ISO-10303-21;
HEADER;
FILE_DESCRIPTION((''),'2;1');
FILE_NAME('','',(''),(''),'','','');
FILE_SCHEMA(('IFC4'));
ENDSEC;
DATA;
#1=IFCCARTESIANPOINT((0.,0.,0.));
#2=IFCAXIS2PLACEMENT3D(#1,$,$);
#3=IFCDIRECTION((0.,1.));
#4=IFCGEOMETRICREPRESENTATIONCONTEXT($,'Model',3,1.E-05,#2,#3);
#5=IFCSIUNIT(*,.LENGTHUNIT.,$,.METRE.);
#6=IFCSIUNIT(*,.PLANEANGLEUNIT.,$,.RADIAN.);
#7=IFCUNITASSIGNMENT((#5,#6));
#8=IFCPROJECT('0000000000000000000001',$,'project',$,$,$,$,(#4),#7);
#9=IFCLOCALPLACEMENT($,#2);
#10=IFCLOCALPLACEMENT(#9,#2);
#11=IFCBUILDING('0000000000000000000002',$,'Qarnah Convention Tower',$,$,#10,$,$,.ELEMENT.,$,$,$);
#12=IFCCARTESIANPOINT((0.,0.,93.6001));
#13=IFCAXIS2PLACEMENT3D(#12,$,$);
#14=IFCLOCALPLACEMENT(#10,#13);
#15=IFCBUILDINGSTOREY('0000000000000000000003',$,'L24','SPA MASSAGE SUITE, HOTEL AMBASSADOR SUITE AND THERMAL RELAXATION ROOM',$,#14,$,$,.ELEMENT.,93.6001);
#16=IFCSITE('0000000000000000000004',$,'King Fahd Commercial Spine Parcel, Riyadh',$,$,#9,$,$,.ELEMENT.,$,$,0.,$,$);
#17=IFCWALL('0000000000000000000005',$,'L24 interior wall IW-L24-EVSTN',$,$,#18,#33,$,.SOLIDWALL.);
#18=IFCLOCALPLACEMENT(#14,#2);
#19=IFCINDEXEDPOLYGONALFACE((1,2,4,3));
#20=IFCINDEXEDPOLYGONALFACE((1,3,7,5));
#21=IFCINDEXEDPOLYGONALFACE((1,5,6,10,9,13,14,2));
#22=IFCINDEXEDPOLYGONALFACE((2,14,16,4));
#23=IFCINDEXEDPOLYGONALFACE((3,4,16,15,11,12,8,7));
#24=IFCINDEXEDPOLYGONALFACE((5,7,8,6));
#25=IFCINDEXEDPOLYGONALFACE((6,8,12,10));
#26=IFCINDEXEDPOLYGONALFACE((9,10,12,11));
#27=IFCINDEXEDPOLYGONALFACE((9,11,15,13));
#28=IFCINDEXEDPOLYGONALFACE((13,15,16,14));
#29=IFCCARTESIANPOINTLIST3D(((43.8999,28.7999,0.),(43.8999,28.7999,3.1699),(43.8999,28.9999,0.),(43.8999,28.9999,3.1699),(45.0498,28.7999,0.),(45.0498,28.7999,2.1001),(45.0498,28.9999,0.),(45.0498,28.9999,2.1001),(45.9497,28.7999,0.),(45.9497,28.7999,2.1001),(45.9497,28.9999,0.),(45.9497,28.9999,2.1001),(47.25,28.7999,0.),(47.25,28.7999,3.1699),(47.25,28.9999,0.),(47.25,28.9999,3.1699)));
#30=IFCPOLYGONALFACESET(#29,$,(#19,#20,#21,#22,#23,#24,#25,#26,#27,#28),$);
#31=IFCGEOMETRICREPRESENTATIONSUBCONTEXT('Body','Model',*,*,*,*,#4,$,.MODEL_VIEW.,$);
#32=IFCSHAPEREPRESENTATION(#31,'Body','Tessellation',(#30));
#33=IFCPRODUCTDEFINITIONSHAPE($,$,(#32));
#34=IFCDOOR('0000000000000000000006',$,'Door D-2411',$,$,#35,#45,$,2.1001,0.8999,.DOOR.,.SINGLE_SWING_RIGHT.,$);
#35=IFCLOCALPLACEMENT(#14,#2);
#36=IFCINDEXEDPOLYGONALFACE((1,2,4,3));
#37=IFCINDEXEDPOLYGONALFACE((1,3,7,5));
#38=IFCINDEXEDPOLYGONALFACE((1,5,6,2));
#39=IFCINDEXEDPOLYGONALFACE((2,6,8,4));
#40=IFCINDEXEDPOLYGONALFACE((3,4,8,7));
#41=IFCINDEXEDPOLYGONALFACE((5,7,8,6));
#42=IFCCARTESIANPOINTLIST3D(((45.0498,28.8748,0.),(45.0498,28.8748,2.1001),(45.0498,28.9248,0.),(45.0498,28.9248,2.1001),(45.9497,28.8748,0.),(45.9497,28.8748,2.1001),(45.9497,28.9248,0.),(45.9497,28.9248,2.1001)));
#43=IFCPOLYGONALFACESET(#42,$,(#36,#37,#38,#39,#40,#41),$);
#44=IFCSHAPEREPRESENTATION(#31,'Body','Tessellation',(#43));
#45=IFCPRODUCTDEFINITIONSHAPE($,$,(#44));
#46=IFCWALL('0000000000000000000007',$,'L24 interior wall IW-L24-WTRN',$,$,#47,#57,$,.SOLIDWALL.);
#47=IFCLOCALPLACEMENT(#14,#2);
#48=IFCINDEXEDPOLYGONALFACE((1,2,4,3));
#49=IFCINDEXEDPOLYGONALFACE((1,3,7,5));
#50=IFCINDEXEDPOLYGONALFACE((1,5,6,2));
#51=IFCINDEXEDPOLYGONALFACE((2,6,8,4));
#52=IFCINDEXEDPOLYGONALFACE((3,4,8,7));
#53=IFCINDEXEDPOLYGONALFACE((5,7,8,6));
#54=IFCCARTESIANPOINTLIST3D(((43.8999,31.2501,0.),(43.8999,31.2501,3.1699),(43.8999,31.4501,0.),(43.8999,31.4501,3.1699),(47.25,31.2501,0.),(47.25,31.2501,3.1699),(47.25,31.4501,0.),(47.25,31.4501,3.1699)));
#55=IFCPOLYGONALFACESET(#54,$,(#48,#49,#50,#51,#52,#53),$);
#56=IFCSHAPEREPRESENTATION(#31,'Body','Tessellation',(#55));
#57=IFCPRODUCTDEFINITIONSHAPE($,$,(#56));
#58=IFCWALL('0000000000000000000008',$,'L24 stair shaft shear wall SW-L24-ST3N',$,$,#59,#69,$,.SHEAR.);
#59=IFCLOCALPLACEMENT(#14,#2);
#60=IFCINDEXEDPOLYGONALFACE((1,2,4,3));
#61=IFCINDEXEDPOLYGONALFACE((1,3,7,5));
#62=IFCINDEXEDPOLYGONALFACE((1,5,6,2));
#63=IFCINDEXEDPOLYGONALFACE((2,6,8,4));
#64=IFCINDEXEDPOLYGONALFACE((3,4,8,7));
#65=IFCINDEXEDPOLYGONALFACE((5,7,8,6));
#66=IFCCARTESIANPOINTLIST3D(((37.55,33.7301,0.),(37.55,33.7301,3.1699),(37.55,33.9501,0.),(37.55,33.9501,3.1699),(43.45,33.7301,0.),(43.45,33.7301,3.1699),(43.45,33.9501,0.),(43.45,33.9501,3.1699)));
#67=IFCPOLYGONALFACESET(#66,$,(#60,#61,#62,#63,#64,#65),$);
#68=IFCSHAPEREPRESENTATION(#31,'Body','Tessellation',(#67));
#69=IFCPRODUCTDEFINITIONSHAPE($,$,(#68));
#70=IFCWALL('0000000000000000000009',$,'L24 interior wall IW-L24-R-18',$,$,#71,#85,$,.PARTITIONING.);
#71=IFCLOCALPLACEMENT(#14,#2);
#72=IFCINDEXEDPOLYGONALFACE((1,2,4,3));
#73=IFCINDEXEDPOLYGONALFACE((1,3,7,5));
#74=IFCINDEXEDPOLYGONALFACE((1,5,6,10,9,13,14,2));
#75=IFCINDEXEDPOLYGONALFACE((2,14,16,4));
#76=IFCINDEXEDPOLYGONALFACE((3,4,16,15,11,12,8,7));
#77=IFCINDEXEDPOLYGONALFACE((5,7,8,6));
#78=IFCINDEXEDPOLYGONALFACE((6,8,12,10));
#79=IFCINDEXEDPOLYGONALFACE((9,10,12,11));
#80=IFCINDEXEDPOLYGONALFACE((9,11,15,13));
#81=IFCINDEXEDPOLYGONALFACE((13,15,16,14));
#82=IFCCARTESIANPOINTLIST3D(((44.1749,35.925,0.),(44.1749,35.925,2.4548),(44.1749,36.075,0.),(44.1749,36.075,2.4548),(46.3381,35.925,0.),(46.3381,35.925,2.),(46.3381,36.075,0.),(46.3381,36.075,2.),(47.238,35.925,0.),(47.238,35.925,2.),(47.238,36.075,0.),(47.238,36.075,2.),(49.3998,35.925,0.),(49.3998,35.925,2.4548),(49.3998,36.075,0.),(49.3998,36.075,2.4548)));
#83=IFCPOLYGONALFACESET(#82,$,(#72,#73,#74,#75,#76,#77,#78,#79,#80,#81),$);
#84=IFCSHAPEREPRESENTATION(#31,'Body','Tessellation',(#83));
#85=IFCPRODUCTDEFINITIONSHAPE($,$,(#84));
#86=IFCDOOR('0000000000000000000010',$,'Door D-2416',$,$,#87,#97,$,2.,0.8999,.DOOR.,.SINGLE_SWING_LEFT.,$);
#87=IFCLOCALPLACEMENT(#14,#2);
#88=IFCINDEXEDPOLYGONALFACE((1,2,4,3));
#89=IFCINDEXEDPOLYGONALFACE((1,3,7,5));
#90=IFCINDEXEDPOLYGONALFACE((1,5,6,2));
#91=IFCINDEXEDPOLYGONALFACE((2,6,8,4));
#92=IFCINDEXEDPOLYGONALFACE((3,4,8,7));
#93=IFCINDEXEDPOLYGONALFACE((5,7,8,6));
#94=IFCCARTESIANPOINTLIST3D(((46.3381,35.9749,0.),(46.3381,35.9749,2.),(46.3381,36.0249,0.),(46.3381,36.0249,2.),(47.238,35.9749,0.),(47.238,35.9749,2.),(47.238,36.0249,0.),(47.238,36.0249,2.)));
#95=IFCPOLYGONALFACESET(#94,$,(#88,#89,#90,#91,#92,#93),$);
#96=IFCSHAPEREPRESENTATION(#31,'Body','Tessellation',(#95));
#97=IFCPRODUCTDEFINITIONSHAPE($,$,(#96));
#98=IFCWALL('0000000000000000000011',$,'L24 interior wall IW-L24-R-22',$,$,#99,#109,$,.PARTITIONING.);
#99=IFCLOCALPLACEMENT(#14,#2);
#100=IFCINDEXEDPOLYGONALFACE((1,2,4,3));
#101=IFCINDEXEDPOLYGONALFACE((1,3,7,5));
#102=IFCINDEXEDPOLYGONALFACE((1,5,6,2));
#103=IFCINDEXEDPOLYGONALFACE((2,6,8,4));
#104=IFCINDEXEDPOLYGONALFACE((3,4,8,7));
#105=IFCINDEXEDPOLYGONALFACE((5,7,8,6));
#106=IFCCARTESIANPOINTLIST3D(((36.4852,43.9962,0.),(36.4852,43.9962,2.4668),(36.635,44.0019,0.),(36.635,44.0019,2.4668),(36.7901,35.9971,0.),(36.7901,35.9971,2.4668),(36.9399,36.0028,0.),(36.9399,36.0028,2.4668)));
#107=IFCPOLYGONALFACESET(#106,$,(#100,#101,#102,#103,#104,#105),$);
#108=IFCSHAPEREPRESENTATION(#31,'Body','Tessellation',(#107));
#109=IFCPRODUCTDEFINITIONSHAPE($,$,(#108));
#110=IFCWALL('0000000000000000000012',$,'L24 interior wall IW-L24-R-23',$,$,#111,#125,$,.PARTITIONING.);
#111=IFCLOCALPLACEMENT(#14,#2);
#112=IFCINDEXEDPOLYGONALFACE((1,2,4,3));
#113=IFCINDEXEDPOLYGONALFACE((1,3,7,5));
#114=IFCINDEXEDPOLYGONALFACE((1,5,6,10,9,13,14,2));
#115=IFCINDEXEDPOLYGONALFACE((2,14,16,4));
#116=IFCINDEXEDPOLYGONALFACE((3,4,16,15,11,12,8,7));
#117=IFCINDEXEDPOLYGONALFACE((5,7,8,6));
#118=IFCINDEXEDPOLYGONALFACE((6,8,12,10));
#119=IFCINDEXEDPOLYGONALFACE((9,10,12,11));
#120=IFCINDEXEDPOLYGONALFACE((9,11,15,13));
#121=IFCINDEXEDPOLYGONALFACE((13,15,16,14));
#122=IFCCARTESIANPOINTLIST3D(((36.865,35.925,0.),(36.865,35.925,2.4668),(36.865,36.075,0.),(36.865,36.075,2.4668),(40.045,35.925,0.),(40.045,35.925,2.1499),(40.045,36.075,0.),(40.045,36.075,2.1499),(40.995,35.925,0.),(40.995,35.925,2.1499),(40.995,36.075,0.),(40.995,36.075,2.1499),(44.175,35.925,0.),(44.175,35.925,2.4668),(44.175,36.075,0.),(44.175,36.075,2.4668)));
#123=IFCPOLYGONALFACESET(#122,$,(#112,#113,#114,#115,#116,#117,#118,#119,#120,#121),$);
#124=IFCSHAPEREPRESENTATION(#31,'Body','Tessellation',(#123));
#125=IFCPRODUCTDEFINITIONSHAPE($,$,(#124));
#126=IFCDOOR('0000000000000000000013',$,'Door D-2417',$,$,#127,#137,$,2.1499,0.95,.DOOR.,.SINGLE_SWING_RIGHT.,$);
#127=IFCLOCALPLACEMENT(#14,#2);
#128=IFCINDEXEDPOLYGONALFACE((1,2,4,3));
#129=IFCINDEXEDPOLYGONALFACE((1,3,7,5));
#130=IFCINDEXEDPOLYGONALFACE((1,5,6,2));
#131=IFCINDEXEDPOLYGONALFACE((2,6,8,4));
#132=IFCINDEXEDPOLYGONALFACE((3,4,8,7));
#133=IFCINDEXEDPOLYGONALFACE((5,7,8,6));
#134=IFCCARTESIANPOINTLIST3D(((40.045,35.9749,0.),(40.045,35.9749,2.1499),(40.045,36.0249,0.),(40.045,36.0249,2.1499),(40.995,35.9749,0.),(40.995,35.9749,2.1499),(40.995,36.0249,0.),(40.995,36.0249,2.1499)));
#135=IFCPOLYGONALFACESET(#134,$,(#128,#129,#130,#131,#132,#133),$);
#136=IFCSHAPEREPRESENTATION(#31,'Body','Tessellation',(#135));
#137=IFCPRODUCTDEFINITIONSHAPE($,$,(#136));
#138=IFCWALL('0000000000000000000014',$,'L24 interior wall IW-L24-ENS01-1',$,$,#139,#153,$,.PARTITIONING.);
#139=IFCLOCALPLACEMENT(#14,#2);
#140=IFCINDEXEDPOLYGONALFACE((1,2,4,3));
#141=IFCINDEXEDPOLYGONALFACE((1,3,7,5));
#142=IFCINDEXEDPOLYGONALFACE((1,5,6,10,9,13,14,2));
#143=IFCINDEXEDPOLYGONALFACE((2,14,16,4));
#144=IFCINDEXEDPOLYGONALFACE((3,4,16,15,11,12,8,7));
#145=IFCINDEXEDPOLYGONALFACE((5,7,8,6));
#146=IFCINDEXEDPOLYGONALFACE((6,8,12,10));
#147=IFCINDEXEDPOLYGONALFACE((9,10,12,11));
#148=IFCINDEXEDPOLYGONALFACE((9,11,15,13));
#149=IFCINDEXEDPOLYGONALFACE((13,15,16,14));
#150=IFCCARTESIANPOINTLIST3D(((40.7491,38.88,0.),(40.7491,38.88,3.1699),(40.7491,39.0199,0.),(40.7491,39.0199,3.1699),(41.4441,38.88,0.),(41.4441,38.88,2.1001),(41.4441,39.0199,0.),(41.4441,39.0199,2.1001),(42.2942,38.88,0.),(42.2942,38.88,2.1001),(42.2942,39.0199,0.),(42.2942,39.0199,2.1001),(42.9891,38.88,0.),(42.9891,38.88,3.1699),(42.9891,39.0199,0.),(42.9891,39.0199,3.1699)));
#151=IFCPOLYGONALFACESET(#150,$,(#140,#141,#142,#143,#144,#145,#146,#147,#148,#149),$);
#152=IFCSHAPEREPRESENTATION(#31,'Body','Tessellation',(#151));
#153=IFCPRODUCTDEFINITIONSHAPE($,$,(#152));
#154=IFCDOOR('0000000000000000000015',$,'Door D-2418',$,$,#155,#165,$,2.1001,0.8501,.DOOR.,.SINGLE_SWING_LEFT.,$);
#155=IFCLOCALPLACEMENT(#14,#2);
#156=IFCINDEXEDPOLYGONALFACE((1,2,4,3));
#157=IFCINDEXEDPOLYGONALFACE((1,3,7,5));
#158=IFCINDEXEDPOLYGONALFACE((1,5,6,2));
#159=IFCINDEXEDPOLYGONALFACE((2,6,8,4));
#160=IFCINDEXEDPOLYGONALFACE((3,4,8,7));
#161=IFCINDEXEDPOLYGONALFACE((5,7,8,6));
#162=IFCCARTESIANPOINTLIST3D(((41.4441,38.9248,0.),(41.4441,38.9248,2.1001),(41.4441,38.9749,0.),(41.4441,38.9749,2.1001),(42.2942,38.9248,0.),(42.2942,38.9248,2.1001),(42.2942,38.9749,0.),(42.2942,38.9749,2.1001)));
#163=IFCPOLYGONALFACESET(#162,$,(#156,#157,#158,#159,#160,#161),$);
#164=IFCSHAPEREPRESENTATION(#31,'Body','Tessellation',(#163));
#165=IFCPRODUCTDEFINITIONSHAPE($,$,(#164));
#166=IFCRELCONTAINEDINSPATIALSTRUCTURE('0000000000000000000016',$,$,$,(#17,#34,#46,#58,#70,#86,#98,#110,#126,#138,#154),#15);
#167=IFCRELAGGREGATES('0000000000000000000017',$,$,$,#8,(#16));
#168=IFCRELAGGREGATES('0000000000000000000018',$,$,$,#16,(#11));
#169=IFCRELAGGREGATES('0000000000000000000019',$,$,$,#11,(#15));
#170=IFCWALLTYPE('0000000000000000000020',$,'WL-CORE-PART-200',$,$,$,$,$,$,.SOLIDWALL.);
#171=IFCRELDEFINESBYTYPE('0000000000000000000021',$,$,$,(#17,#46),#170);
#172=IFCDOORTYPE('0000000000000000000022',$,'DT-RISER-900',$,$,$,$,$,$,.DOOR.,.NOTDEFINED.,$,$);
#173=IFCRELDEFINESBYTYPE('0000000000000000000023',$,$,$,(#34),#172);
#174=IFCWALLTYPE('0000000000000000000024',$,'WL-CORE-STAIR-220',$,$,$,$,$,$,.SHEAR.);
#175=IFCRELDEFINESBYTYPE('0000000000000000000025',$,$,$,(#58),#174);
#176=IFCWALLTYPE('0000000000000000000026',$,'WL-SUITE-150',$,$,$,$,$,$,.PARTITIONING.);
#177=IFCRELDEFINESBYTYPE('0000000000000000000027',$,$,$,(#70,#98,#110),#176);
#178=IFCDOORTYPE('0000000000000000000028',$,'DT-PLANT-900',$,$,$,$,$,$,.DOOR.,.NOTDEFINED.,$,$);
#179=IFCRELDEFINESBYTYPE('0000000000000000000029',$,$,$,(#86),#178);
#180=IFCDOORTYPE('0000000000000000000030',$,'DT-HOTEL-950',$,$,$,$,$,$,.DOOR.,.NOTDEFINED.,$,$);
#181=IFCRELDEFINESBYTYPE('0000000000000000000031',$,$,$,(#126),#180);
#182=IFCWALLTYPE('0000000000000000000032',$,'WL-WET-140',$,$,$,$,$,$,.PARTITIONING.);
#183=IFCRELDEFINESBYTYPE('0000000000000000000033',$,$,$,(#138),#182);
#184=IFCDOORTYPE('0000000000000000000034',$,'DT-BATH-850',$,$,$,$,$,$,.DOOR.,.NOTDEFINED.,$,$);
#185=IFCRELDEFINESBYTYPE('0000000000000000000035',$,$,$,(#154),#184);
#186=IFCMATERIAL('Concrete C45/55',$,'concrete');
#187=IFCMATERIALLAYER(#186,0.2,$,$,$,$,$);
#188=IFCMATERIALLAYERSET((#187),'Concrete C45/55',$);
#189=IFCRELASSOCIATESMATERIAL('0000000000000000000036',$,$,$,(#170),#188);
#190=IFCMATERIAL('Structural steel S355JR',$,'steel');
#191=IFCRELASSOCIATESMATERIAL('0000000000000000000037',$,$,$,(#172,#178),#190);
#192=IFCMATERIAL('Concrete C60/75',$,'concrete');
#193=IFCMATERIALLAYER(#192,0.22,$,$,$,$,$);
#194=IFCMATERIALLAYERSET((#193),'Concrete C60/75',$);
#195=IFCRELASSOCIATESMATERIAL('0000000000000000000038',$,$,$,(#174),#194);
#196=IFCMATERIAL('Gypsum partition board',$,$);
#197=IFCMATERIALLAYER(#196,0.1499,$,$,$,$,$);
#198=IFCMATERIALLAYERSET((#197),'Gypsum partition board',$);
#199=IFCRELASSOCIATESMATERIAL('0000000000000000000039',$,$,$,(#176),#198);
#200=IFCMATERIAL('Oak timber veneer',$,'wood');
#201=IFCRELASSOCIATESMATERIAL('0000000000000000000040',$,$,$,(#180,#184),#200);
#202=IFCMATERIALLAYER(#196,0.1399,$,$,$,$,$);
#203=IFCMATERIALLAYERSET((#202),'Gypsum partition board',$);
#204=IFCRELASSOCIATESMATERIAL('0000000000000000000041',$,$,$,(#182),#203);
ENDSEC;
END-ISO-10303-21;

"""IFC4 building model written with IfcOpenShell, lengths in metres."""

from ifc_helpers import new_model, si_unit, direction, frame, frame_2d, origin, place, context, subcontext, project, spatial, rectangle, extrude, material, layer, layer_set, type_object, element, fill, save


model = new_model("IFC4")

# Units and contexts
model_context = context("Model", 3, precision=1e-05, world=origin(), true_north=direction((0.0, 1.0)))
body_context = subcontext(model_context, "Body", "Model", "MODEL_VIEW")
ifc_project = project(units=[si_unit("LENGTHUNIT", "METRE"), si_unit("PLANEANGLEUNIT", "RADIAN")], contexts=[model_context])

# Site, building, storey
site_placement = place(None, origin())
site = spatial("IfcSite", under=ifc_project, at=site_placement, Name="King Fahd Commercial Spine Parcel, Riyadh", CompositionType="ELEMENT", RefElevation=0.0)
building_placement = place(site_placement, origin())
building = spatial("IfcBuilding", under=site, at=building_placement, Name="Qarnah Convention Tower", CompositionType="ELEMENT")
storey_placement = place(building_placement, frame((0.0, 0.0, 93.6001)))
storey = spatial("IfcBuildingStorey", under=building, at=storey_placement, Name="L24", Description="SPA MASSAGE SUITE, HOTEL AMBASSADOR SUITE AND THERMAL RELAXATION ROOM", CompositionType="ELEMENT", Elevation=93.6001)

# Shared definitions
ifc_material_1 = material(Name="Concrete C60/75", Category="concrete")

# Shared definitions
ifc_material_2 = material(Name="Structural steel S355JR", Category="steel")

# Wall, opening, door
ifc_material_3 = material(Name="Concrete C45/55", Category="concrete")
ifc_layer_1 = layer(ifc_material_3, 0.2)
ifc_layer_set_1 = layer_set([ifc_layer_1], Name="Concrete C45/55")
wall_type_1 = type_object("IfcWallType", Name="WL-CORE-PART-200", PredefinedType="SOLIDWALL", material=ifc_layer_set_1)
wall_1_placement = place(storey_placement, frame((43.8999, 28.8999, 0.0), z_axis=(0.0, 0.0, 1.0), x_axis=(1.0, 0.0, 0.0)))
wall_1 = element("IfcWall", 1, at=wall_1_placement, inside=storey, type_object=wall_type_1, Name="L24 interior wall IW-L24-EVSTN", PredefinedType="SOLIDWALL", context=body_context, shape_type="SweptSolid", body=[
    extrude(rectangle(XDim=3.3501, YDim=0.2, at=frame_2d((1.675, 0.0))), origin(), (0.0, 0.0, 1.0), 3.1699),
])
opening_1_placement = place(wall_1_placement, frame((1.1499, 0.0, 0.0)))
opening_1 = element("IfcOpeningElement", 2, at=opening_1_placement, cuts=wall_1, PredefinedType="OPENING", context=body_context, shape_type="SweptSolid", body=[
    extrude(rectangle(XDim=0.8999, YDim=2.1001, at=frame_2d((0.45, 1.05))), frame((0.0, 0.1099, 0.0), z_axis=(0.0, -1.0, 0.0), x_axis=(1.0, 0.0, 0.0)), (0.0, 0.0, 1.0), 0.22),
])
door_type_1 = type_object("IfcDoorType", Name="DT-RISER-900", OperationType="NOTDEFINED", PredefinedType="DOOR", material=ifc_material_2)
door_1_placement = place(opening_1_placement, origin())
door_1 = element("IfcDoor", 3, at=door_1_placement, inside=storey, type_object=door_type_1, Name="Door D-2411", OperationType="SINGLE_SWING_RIGHT", OverallHeight=2.1001, OverallWidth=0.8999, PredefinedType="DOOR", context=body_context, shape_type="SweptSolid", body=[
    extrude(rectangle(XDim=0.8999, YDim=2.1001, at=frame_2d((0.45, 1.05))), frame((0.0, 0.0249, 0.0), z_axis=(0.0, -1.0, 0.0), x_axis=(1.0, 0.0, 0.0)), (0.0, 0.0, 1.0), 0.05),
])
fill(opening_1, door_1)

# Walls
wall_2_placement = place(storey_placement, frame((43.8999, 31.3501, 0.0), z_axis=(0.0, 0.0, 1.0), x_axis=(1.0, 0.0, 0.0)))
element("IfcWall", 4, at=wall_2_placement, inside=storey, type_object=wall_type_1, Name="L24 interior wall IW-L24-WTRN", PredefinedType="SOLIDWALL", context=body_context, shape_type="SweptSolid", body=[
    extrude(rectangle(XDim=3.3501, YDim=0.2, at=frame_2d((1.675, 0.0))), origin(), (0.0, 0.0, 1.0), 3.1699),
])
ifc_layer_2 = layer(ifc_material_1, 0.22)
ifc_layer_set_2 = layer_set([ifc_layer_2], Name="Concrete C60/75")
wall_type_2 = type_object("IfcWallType", Name="WL-CORE-STAIR-220", PredefinedType="SHEAR", material=ifc_layer_set_2)
wall_3_placement = place(storey_placement, frame((37.55, 33.8401, 0.0), z_axis=(0.0, 0.0, 1.0), x_axis=(1.0, 0.0, 0.0)))
element("IfcWall", 5, at=wall_3_placement, inside=storey, type_object=wall_type_2, Name="L24 stair shaft shear wall SW-L24-ST3N", PredefinedType="SHEAR", context=body_context, shape_type="SweptSolid", body=[
    extrude(rectangle(XDim=5.8999, YDim=0.22, at=frame_2d((2.95, 0.0))), origin(), (0.0, 0.0, 1.0), 3.1699),
])

# Wall, opening, door
ifc_material_4 = material(Name="Gypsum partition board")
ifc_layer_3 = layer(ifc_material_4, 0.1499)
ifc_layer_set_3 = layer_set([ifc_layer_3], Name="Gypsum partition board")
wall_type_3 = type_object("IfcWallType", Name="WL-SUITE-150", PredefinedType="PARTITIONING", material=ifc_layer_set_3)
wall_4_placement = place(storey_placement, frame((44.175, 36.0, 0.0), z_axis=(0.0, 0.0, 1.0), x_axis=(1.0, 0.0, 0.0)))
wall_4 = element("IfcWall", 6, at=wall_4_placement, inside=storey, type_object=wall_type_3, Name="L24 interior wall IW-L24-R-18", PredefinedType="PARTITIONING", context=body_context, shape_type="SweptSolid", body=[
    extrude(rectangle(XDim=5.2249, YDim=0.1499, at=frame_2d((2.6123, 0.0))), origin(), (0.0, 0.0, 1.0), 2.4548),
])
opening_2_placement = place(wall_4_placement, frame((2.1631, 0.0, 0.0)))
opening_2 = element("IfcOpeningElement", 7, at=opening_2_placement, cuts=wall_4, PredefinedType="OPENING", context=body_context, shape_type="SweptSolid", body=[
    extrude(rectangle(XDim=0.8999, YDim=2.0, at=frame_2d((0.45, 1.0))), frame((0.0, 0.085, 0.0), z_axis=(0.0, -1.0, 0.0), x_axis=(1.0, 0.0, 0.0)), (0.0, 0.0, 1.0), 0.1699),
])
door_type_2 = type_object("IfcDoorType", Name="DT-PLANT-900", OperationType="NOTDEFINED", PredefinedType="DOOR", material=ifc_material_2)
door_2_placement = place(opening_2_placement, origin())
door_2 = element("IfcDoor", 8, at=door_2_placement, inside=storey, type_object=door_type_2, Name="Door D-2416", OperationType="SINGLE_SWING_LEFT", OverallHeight=2.0, OverallWidth=0.8999, PredefinedType="DOOR", context=body_context, shape_type="SweptSolid", body=[
    extrude(rectangle(XDim=0.8999, YDim=2.0, at=frame_2d((0.45, 1.0))), frame((0.0, 0.0249, 0.0), z_axis=(0.0, -1.0, 0.0), x_axis=(1.0, 0.0, 0.0)), (0.0, 0.0, 1.0), 0.05),
])
fill(opening_2, door_2)

# Wall
wall_5_placement = place(storey_placement, frame((36.5601, 43.999, 0.0), z_axis=(0.0, 0.0, 1.0), x_axis=(0.038093, -0.999274, 0.0)))
element("IfcWall", 9, at=wall_5_placement, inside=storey, type_object=wall_type_3, Name="L24 interior wall IW-L24-R-22", PredefinedType="PARTITIONING", context=body_context, shape_type="SweptSolid", body=[
    extrude(rectangle(XDim=8.0049, YDim=0.1499, at=frame_2d((4.0024, 0.0))), origin(), (0.0, 0.0, 1.0), 2.4668),
])

# Walls, openings, doors
wall_6_placement = place(storey_placement, frame((36.865, 36.0, 0.0), z_axis=(0.0, 0.0, 1.0), x_axis=(1.0, 0.0, 0.0)))
wall_6 = element("IfcWall", 10, at=wall_6_placement, inside=storey, type_object=wall_type_3, Name="L24 interior wall IW-L24-R-23", PredefinedType="PARTITIONING", context=body_context, shape_type="SweptSolid", body=[
    extrude(rectangle(XDim=7.3101, YDim=0.1499, at=frame_2d((3.655, 0.0))), origin(), (0.0, 0.0, 1.0), 2.4668),
])
opening_3_placement = place(wall_6_placement, frame((3.1799, 0.0, 0.0)))
opening_3 = element("IfcOpeningElement", 11, at=opening_3_placement, cuts=wall_6, PredefinedType="OPENING", context=body_context, shape_type="SweptSolid", body=[
    extrude(rectangle(XDim=0.95, YDim=2.1499, at=frame_2d((0.4751, 1.075))), frame((0.0, 0.085, 0.0), z_axis=(0.0, -1.0, 0.0), x_axis=(1.0, 0.0, 0.0)), (0.0, 0.0, 1.0), 0.1699),
])
ifc_material_5 = material(Name="Oak timber veneer", Category="wood")
door_type_3 = type_object("IfcDoorType", Name="DT-HOTEL-950", OperationType="NOTDEFINED", PredefinedType="DOOR", material=ifc_material_5)
door_3_placement = place(opening_3_placement, origin())
door_3 = element("IfcDoor", 12, at=door_3_placement, inside=storey, type_object=door_type_3, Name="Door D-2417", OperationType="SINGLE_SWING_RIGHT", OverallHeight=2.1499, OverallWidth=0.95, PredefinedType="DOOR", context=body_context, shape_type="SweptSolid", body=[
    extrude(rectangle(XDim=0.95, YDim=2.1499, at=frame_2d((0.4751, 1.075))), frame((0.0, 0.0249, 0.0), z_axis=(0.0, -1.0, 0.0), x_axis=(1.0, 0.0, 0.0)), (0.0, 0.0, 1.0), 0.05),
])
fill(opening_3, door_3)
ifc_layer_4 = layer(ifc_material_4, 0.1399)
ifc_layer_set_4 = layer_set([ifc_layer_4], Name="Gypsum partition board")
wall_type_4 = type_object("IfcWallType", Name="WL-WET-140", PredefinedType="PARTITIONING", material=ifc_layer_set_4)
wall_7_placement = place(storey_placement, frame((40.749, 38.95, 0.0), z_axis=(0.0, 0.0, 1.0), x_axis=(1.0, 0.0, 0.0)))
wall_7 = element("IfcWall", 13, at=wall_7_placement, inside=storey, type_object=wall_type_4, Name="L24 interior wall IW-L24-ENS01-1", PredefinedType="PARTITIONING", context=body_context, shape_type="SweptSolid", body=[
    extrude(rectangle(XDim=2.24, YDim=0.1399, at=frame_2d((1.1201, 0.0))), origin(), (0.0, 0.0, 1.0), 3.1699),
])
opening_4_placement = place(wall_7_placement, frame((0.6951, 0.0, 0.0)))
opening_4 = element("IfcOpeningElement", 14, at=opening_4_placement, cuts=wall_7, PredefinedType="OPENING", context=body_context, shape_type="SweptSolid", body=[
    extrude(rectangle(XDim=0.8501, YDim=2.1001, at=frame_2d((0.425, 1.05))), frame((0.0, 0.0798, 0.0), z_axis=(0.0, -1.0, 0.0), x_axis=(1.0, 0.0, 0.0)), (0.0, 0.0, 1.0), 0.1599),
])
door_type_4 = type_object("IfcDoorType", Name="DT-BATH-850", OperationType="NOTDEFINED", PredefinedType="DOOR", material=ifc_material_5)
door_4_placement = place(opening_4_placement, origin())
door_4 = element("IfcDoor", 15, at=door_4_placement, inside=storey, type_object=door_type_4, Name="Door D-2418", OperationType="SINGLE_SWING_LEFT", OverallHeight=2.1001, OverallWidth=0.8501, PredefinedType="DOOR", context=body_context, shape_type="SweptSolid", body=[
    extrude(rectangle(XDim=0.8501, YDim=2.1001, at=frame_2d((0.425, 1.05))), frame((0.0, 0.0249, 0.0), z_axis=(0.0, -1.0, 0.0), x_axis=(1.0, 0.0, 0.0)), (0.0, 0.0, 1.0), 0.05),
])
fill(opening_4, door_4)

save(model, "model.ifc")
